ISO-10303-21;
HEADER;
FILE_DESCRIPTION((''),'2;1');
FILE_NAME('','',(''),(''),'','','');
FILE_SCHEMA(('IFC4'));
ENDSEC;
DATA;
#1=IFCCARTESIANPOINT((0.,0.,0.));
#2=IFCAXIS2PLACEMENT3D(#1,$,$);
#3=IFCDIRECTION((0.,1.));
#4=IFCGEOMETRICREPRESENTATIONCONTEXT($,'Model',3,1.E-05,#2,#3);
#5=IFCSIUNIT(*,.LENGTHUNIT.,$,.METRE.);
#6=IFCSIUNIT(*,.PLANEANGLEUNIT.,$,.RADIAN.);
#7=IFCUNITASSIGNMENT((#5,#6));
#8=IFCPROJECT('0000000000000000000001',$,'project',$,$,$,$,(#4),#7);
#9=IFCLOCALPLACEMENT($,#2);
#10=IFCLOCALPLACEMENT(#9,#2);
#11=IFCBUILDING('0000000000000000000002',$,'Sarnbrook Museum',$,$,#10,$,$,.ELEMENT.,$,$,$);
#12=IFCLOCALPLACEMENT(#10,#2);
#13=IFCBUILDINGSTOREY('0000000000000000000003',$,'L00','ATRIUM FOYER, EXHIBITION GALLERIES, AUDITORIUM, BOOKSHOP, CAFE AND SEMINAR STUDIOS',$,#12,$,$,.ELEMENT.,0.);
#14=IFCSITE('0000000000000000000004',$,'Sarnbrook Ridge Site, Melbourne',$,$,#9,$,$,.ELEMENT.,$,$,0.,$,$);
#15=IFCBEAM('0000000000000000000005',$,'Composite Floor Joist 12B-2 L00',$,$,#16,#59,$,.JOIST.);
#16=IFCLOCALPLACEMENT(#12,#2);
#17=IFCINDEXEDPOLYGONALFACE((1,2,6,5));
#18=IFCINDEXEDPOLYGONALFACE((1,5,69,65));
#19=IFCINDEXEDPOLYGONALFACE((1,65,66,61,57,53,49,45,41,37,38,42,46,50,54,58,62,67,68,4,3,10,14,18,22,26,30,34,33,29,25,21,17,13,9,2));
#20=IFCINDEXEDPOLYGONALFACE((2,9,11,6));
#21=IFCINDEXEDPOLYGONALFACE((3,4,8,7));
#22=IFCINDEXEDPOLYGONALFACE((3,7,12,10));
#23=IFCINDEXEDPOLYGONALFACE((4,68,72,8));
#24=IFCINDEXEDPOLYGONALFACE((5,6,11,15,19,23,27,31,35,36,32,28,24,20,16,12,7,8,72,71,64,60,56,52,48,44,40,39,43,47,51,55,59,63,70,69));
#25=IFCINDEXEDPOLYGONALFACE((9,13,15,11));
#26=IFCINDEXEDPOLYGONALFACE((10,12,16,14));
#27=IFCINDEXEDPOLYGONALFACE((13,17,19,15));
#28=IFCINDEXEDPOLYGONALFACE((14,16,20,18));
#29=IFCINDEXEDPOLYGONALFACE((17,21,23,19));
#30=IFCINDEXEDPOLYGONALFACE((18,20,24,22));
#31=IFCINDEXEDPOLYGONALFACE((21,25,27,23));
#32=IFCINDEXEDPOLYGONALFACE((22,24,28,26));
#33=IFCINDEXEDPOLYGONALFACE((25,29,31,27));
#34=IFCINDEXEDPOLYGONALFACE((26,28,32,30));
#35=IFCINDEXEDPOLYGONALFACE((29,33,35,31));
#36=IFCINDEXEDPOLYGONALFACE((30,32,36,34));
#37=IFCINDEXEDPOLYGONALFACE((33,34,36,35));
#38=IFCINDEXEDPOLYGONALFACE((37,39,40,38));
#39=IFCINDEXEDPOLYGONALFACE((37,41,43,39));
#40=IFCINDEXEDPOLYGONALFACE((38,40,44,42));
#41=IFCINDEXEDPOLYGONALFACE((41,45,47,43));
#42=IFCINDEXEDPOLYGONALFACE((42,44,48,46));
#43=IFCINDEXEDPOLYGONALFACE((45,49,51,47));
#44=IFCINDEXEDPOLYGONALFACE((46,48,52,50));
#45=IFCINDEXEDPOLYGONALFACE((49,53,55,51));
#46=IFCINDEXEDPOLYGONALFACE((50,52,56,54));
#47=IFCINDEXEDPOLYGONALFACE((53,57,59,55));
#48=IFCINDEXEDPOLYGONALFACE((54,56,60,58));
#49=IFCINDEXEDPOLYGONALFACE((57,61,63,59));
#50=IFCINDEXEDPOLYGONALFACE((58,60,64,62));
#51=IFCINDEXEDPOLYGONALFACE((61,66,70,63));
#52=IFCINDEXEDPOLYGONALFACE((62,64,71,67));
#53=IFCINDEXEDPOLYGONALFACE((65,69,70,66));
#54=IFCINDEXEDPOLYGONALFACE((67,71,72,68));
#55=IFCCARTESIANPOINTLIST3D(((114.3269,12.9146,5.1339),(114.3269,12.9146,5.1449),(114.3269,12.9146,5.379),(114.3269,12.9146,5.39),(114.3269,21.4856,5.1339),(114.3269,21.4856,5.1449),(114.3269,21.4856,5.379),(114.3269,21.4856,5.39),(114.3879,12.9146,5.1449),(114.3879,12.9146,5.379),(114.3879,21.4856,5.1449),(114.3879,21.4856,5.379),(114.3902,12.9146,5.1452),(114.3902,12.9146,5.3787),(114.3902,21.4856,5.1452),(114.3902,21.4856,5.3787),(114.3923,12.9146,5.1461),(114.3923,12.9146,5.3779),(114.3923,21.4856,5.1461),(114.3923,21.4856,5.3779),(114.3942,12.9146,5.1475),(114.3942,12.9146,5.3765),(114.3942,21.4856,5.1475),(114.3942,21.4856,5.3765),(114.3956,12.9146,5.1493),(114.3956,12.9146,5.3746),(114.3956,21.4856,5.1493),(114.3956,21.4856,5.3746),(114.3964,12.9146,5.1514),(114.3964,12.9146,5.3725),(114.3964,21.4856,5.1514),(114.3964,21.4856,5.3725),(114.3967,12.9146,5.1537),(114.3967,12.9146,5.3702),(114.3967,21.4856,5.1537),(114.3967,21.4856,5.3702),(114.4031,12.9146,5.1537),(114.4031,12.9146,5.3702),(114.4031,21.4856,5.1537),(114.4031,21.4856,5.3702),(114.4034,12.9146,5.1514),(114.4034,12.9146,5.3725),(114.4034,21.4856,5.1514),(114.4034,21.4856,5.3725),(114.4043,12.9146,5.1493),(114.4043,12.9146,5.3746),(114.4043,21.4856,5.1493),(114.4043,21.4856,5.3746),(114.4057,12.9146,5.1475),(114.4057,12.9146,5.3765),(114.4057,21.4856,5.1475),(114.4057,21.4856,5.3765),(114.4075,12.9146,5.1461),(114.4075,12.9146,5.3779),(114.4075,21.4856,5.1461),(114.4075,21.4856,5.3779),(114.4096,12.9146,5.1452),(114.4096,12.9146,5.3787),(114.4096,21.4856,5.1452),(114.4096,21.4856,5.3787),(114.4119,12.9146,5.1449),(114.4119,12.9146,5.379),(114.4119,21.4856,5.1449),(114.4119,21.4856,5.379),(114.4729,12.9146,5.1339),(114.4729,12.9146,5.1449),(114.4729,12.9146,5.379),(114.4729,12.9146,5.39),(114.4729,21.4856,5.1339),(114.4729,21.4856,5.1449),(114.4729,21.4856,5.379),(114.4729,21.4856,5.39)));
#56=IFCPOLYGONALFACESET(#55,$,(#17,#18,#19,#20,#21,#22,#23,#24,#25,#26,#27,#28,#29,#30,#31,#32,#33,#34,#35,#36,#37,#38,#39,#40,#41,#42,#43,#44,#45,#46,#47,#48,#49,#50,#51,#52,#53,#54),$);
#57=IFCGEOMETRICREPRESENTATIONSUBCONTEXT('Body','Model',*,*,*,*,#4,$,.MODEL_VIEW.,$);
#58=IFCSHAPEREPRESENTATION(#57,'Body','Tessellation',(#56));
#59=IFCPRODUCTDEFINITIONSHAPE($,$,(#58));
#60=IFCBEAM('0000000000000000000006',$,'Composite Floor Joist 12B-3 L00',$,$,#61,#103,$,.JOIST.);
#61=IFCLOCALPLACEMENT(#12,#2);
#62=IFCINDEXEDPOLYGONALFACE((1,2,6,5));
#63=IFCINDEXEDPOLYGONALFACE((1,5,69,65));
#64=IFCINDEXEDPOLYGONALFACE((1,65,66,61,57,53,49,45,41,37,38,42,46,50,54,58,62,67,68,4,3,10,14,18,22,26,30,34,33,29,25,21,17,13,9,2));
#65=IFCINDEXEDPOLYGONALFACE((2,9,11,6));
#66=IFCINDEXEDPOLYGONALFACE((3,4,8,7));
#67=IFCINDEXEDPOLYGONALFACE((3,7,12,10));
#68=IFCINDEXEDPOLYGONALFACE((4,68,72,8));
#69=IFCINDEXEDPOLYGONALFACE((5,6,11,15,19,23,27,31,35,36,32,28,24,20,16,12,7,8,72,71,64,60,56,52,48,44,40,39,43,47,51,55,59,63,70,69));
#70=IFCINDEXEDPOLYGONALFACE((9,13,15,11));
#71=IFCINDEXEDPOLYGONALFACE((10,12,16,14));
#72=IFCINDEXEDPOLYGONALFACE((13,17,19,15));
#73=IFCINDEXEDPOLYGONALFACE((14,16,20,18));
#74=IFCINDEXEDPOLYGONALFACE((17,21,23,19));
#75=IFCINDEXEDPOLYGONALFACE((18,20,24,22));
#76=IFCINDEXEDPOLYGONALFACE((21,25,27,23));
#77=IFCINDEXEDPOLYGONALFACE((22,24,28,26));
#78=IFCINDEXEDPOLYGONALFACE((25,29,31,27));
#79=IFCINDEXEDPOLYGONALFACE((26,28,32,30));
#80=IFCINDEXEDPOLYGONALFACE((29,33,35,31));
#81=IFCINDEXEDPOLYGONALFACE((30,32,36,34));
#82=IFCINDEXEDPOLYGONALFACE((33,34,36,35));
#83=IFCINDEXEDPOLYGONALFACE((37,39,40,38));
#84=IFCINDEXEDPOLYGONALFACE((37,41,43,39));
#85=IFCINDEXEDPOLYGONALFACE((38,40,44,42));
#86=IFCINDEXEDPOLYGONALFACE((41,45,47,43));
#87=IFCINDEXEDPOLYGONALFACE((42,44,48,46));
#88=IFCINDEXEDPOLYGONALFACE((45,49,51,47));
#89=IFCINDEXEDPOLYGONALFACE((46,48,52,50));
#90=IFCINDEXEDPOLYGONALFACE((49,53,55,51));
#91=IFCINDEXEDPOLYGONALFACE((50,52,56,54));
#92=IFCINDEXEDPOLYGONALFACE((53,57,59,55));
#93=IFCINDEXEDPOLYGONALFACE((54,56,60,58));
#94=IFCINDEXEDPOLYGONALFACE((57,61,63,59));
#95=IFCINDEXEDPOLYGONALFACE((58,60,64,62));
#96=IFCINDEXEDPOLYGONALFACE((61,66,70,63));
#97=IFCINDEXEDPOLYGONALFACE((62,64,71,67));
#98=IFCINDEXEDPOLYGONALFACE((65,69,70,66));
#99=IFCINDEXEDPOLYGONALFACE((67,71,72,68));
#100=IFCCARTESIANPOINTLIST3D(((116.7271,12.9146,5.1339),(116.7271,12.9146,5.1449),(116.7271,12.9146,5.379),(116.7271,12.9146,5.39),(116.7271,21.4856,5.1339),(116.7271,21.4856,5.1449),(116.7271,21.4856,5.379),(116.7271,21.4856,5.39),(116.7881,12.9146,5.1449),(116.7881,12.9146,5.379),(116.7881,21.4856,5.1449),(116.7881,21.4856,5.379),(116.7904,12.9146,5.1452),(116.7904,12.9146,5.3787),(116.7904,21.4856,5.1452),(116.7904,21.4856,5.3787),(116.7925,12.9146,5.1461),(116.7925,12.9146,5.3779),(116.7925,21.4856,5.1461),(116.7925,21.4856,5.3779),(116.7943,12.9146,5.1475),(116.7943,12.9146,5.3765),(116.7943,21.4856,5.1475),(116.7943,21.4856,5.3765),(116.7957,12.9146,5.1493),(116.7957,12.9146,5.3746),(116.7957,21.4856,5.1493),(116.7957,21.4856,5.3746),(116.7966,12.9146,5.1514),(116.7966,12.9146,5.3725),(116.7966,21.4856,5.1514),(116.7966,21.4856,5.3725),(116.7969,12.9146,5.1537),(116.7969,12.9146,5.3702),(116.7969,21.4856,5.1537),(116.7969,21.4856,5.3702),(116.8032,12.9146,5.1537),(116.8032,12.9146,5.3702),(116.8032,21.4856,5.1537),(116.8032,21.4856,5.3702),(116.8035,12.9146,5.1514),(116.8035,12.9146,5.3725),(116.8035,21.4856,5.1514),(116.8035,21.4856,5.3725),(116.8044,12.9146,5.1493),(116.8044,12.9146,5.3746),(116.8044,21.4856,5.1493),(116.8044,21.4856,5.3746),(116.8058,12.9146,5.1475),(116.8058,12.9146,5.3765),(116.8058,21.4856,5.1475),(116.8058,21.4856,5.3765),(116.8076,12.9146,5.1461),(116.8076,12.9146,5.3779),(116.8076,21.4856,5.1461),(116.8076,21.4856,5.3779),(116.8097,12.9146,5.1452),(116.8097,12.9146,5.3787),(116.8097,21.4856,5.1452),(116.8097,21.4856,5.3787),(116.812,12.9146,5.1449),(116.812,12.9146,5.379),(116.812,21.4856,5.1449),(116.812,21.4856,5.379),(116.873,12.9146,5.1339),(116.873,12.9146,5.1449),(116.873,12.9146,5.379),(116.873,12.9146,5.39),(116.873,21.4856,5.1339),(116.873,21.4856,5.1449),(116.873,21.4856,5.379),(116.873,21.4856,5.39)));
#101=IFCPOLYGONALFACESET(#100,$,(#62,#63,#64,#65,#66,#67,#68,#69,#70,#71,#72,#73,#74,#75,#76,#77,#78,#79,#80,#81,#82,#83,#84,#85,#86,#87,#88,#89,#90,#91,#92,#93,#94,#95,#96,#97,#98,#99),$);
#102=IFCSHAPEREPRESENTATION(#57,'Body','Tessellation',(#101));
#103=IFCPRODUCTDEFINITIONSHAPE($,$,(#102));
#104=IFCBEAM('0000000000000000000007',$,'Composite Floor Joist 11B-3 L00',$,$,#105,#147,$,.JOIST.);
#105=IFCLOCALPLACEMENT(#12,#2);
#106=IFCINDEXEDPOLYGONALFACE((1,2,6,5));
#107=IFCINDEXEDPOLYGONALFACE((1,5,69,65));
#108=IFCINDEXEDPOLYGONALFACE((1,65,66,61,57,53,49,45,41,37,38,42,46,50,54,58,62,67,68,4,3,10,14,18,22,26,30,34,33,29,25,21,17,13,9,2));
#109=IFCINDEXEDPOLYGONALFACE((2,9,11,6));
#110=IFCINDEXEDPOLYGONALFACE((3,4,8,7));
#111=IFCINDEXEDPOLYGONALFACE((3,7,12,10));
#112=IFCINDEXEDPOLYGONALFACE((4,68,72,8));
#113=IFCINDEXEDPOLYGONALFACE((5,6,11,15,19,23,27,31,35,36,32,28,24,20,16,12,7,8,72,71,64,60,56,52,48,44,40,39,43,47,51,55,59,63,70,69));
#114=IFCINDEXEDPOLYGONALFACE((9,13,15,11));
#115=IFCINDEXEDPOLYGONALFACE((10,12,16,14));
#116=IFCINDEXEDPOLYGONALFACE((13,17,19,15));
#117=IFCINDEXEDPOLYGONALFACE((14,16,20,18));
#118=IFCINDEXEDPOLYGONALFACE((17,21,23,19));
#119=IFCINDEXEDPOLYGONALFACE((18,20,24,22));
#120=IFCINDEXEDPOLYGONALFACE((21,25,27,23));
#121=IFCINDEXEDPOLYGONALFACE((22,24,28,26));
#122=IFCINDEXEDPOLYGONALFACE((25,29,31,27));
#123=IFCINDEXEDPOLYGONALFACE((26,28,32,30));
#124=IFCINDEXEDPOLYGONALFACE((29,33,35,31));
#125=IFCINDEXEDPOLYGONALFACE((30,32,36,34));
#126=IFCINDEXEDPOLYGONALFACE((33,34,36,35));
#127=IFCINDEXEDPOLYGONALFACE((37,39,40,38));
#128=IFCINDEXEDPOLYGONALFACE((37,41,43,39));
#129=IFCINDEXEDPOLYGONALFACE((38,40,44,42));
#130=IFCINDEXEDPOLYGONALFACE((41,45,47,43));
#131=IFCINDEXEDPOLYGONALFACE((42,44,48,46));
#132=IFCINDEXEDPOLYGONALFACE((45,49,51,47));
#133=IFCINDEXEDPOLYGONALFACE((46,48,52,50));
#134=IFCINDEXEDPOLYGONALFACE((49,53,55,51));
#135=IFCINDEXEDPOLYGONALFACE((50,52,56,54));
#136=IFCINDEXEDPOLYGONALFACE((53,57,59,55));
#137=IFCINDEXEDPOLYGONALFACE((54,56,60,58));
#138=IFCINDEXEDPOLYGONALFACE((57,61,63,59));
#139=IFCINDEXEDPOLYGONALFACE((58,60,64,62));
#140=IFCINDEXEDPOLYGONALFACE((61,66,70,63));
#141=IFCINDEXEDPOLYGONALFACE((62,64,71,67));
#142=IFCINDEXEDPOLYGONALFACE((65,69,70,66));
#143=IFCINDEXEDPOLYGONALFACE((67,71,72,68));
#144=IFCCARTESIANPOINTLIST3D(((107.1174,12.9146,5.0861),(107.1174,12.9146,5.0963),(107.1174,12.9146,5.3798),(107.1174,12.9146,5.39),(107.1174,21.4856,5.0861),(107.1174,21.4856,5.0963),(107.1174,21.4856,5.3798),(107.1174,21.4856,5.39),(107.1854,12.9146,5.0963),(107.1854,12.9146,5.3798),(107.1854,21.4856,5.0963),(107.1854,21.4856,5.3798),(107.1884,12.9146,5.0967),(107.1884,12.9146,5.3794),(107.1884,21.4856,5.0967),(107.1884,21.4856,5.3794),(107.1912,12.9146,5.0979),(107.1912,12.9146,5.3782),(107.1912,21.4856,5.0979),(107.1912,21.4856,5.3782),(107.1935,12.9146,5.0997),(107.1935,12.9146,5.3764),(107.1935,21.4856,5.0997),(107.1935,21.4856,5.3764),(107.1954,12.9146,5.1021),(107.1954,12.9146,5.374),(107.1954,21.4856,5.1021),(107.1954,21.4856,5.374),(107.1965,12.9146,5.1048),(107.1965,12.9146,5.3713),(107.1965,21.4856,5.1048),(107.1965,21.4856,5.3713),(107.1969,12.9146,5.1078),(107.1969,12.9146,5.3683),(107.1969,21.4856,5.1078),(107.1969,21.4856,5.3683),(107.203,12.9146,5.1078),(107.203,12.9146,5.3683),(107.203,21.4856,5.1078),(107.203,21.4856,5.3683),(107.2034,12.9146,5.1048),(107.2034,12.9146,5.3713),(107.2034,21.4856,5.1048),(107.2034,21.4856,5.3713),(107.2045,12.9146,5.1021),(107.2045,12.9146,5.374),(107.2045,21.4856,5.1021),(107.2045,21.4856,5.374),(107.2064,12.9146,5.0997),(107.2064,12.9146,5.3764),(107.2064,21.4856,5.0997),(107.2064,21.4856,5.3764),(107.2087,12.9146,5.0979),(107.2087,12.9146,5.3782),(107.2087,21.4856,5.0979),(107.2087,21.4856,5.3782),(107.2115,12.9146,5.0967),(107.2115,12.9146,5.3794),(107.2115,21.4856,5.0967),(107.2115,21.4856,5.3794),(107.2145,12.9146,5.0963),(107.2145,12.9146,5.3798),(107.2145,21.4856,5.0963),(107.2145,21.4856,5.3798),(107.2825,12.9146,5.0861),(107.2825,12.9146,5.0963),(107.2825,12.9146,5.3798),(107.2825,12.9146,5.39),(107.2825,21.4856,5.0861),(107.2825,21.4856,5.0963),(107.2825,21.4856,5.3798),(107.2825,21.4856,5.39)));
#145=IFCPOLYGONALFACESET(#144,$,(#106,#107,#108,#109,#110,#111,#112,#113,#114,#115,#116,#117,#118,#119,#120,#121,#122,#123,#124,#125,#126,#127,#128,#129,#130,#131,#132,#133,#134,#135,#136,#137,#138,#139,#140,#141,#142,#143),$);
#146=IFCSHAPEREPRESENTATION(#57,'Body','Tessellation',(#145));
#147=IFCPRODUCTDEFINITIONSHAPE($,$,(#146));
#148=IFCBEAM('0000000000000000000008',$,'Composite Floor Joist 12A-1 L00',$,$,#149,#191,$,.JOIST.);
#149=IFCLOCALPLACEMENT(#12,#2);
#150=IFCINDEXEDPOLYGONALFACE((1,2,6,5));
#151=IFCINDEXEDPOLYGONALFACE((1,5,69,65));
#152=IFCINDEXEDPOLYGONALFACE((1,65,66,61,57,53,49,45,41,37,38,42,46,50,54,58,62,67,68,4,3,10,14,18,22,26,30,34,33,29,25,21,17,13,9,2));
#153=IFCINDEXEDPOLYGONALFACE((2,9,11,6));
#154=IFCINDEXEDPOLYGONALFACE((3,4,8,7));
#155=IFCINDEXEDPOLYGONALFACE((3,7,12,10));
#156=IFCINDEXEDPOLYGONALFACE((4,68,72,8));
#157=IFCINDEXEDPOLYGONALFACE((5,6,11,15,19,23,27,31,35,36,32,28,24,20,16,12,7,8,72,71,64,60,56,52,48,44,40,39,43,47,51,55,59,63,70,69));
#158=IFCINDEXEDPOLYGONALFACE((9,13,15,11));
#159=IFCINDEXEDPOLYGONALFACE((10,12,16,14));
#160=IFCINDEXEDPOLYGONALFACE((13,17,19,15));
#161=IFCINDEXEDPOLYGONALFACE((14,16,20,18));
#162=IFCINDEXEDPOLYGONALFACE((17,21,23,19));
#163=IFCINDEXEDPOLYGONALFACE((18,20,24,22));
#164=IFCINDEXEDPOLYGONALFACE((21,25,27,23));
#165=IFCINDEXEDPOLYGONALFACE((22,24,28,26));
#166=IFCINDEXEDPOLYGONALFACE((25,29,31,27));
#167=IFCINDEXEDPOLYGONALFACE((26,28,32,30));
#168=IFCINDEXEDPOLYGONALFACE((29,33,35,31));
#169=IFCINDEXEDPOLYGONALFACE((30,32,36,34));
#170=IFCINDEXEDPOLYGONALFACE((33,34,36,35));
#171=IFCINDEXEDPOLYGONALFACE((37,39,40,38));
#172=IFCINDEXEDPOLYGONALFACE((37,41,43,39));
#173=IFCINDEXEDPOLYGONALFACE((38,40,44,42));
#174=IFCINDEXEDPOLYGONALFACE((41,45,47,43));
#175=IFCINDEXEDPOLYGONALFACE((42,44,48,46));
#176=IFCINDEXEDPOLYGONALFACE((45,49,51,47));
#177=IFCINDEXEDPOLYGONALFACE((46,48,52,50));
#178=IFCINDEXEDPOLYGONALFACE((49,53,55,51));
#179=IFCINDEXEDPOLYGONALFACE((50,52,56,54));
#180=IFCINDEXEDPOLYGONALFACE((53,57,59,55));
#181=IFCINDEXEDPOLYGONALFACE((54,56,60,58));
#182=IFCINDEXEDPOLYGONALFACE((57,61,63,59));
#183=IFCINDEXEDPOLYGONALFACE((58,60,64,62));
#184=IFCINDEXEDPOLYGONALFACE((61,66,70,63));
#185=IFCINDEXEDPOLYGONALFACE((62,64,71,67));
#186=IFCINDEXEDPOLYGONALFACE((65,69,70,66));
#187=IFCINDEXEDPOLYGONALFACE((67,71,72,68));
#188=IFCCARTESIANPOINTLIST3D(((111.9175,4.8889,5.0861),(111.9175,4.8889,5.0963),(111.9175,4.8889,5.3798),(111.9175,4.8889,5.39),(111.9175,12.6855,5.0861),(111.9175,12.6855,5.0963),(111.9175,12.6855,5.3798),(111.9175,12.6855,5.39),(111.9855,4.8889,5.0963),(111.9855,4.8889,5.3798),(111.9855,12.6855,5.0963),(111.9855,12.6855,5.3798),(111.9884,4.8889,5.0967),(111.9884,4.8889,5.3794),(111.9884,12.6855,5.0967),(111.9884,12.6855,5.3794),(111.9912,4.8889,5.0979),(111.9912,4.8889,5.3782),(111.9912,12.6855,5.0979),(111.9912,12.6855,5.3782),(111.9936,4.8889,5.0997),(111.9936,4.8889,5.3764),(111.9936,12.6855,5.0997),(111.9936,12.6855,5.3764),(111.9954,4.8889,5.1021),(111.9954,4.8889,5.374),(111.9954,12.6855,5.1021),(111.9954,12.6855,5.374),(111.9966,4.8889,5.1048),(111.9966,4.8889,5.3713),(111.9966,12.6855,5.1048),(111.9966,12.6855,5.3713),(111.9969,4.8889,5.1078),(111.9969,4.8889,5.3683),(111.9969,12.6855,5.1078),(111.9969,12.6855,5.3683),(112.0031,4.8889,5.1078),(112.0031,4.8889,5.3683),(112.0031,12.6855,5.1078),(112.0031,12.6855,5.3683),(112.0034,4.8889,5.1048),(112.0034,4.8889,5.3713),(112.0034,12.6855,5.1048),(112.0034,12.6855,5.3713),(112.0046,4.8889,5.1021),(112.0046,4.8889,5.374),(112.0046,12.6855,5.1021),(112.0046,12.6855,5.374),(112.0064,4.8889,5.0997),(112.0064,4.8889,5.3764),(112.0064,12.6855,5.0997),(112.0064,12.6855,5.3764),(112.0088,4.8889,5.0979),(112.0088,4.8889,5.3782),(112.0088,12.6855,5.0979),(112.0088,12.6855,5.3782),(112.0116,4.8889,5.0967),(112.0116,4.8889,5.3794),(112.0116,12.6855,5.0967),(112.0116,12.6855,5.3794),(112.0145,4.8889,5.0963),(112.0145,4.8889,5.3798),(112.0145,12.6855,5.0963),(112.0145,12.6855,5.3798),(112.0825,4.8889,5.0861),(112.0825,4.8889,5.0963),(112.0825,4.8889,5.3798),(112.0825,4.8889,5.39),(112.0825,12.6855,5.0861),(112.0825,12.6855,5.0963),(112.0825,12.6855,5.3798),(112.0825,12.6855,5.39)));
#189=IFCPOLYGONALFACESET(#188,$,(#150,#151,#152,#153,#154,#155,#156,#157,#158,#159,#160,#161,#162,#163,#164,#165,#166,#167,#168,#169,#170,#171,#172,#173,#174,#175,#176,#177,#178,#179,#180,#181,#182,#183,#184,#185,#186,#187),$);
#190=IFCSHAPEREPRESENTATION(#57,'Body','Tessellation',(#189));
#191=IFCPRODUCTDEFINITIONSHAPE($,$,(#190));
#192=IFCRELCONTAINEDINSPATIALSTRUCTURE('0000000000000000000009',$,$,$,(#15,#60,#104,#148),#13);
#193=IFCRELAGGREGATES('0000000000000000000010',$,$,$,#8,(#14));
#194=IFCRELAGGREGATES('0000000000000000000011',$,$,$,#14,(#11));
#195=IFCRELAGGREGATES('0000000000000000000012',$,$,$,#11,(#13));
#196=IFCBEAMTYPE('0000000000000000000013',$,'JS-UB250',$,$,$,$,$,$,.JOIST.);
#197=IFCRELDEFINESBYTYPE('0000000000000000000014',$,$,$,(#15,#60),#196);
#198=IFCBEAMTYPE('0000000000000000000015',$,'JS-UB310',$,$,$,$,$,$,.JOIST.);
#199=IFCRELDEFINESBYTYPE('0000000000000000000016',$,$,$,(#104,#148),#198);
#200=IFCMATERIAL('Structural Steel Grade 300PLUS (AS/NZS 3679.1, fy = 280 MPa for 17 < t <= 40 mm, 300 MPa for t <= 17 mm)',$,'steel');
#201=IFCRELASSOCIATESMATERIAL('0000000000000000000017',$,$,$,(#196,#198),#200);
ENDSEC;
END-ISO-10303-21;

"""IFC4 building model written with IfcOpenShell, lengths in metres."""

from ifc_helpers import new_model, si_unit, direction, frame, origin, origin_2d, place, context, subcontext, project, spatial, i_section, extrude, material, material_profile, profile_set, type_object, element, save


model = new_model("IFC4")

# Units and contexts
model_context = context("Model", 3, precision=1e-05, world=origin(), true_north=direction((0.0, 1.0)))
body_context = subcontext(model_context, "Body", "Model", "MODEL_VIEW")
ifc_project = project(units=[si_unit("LENGTHUNIT", "METRE"), si_unit("PLANEANGLEUNIT", "RADIAN")], contexts=[model_context])

# Site, building, storey
site_placement = place(None, origin())
site = spatial("IfcSite", under=ifc_project, at=site_placement, Name="Sarnbrook Ridge Site, Melbourne", CompositionType="ELEMENT", RefElevation=0.0)
building_placement = place(site_placement, origin())
building = spatial("IfcBuilding", under=site, at=building_placement, Name="Sarnbrook Museum", CompositionType="ELEMENT")
storey_placement = place(building_placement, origin())
storey = spatial("IfcBuildingStorey", under=building, at=storey_placement, Name="L00", Description="ATRIUM FOYER, EXHIBITION GALLERIES, AUDITORIUM, BOOKSHOP, CAFE AND SEMINAR STUDIOS", CompositionType="ELEMENT", Elevation=0.0)

# Shared definitions
ifc_material_1 = material(Name="Structural Steel Grade 300PLUS (AS/NZS 3679.1, fy = 280 MPa for 17 < t <= 40 mm, 300 MPa for t <= 17 mm)", Category="steel")

# Beams
ifc_material_profile_1 = material_profile(ifc_material_1, i_section(OverallWidth=0.146, OverallDepth=0.2561, WebThickness=0.0063, FlangeThickness=0.011, FilletRadius=0.0088, at=origin_2d()), Name="250UB37.3")
ifc_profile_set_1 = profile_set([ifc_material_profile_1], Name="Structural Steel Grade 300PLUS (AS/NZS 3679.1, fy = 280 MPa for 17 < t <= 40 mm, 300 MPa for t <= 17 mm)")
beam_type_1 = type_object("IfcBeamType", Name="JS-UB250", PredefinedType="JOIST", material=ifc_profile_set_1)
for number, where, z_axis, x_axis, name in (
    (1, (114.3999, 12.9146, 5.262), (0.0, 1.0, 0.0), (-1.0, 0.0, 0.0), "Composite Floor Joist 12B-2 L00"),
    (2, (116.8, 12.9146, 5.262), (0.0, 1.0, 0.0), (-1.0, 0.0, 0.0), "Composite Floor Joist 12B-3 L00"),
):
    element("IfcBeam", number, at=place(storey_placement, frame(where, z_axis=z_axis, x_axis=x_axis)), inside=storey, type_object=beam_type_1, Name=name, PredefinedType="JOIST", context=body_context, shape_type="SweptSolid", body=[
        extrude(i_section(OverallWidth=0.146, OverallDepth=0.2561, WebThickness=0.0063, FlangeThickness=0.011, FilletRadius=0.0088, at=origin_2d()), origin(), (0.0, 0.0, 1.0), 8.571),
    ])
ifc_material_profile_2 = material_profile(ifc_material_1, i_section(OverallWidth=0.165, OverallDepth=0.304, WebThickness=0.0061, FlangeThickness=0.0103, FilletRadius=0.0115, at=origin_2d()), Name="310UB40.4")
ifc_profile_set_2 = profile_set([ifc_material_profile_2], Name="Structural Steel Grade 300PLUS (AS/NZS 3679.1, fy = 280 MPa for 17 < t <= 40 mm, 300 MPa for t <= 17 mm)")
beam_type_2 = type_object("IfcBeamType", Name="JS-UB310", PredefinedType="JOIST", material=ifc_profile_set_2)
beam_1_placement = place(storey_placement, frame((107.2, 12.9146, 5.238), z_axis=(0.0, 1.0, 0.0), x_axis=(-1.0, 0.0, 0.0)))
element("IfcBeam", 3, at=beam_1_placement, inside=storey, type_object=beam_type_2, Name="Composite Floor Joist 11B-3 L00", PredefinedType="JOIST", context=body_context, shape_type="SweptSolid", body=[
    extrude(i_section(OverallWidth=0.165, OverallDepth=0.304, WebThickness=0.0061, FlangeThickness=0.0103, FilletRadius=0.0115, at=origin_2d()), origin(), (0.0, 0.0, 1.0), 8.571),
])
for number, where, z_axis, x_axis, name in (
    (4, (112.0, 4.8889, 5.238), (0.0, 1.0, 0.0), (-1.0, 0.0, 0.0), "Composite Floor Joist 12A-1 L00"),
):
    element("IfcBeam", number, at=place(storey_placement, frame(where, z_axis=z_axis, x_axis=x_axis)), inside=storey, type_object=beam_type_2, Name=name, PredefinedType="JOIST", context=body_context, shape_type="SweptSolid", body=[
        extrude(i_section(OverallWidth=0.165, OverallDepth=0.304, WebThickness=0.0061, FlangeThickness=0.0103, FilletRadius=0.0115, at=origin_2d()), origin(), (0.0, 0.0, 1.0), 7.7966),
    ])

save(model, "model.ifc")
